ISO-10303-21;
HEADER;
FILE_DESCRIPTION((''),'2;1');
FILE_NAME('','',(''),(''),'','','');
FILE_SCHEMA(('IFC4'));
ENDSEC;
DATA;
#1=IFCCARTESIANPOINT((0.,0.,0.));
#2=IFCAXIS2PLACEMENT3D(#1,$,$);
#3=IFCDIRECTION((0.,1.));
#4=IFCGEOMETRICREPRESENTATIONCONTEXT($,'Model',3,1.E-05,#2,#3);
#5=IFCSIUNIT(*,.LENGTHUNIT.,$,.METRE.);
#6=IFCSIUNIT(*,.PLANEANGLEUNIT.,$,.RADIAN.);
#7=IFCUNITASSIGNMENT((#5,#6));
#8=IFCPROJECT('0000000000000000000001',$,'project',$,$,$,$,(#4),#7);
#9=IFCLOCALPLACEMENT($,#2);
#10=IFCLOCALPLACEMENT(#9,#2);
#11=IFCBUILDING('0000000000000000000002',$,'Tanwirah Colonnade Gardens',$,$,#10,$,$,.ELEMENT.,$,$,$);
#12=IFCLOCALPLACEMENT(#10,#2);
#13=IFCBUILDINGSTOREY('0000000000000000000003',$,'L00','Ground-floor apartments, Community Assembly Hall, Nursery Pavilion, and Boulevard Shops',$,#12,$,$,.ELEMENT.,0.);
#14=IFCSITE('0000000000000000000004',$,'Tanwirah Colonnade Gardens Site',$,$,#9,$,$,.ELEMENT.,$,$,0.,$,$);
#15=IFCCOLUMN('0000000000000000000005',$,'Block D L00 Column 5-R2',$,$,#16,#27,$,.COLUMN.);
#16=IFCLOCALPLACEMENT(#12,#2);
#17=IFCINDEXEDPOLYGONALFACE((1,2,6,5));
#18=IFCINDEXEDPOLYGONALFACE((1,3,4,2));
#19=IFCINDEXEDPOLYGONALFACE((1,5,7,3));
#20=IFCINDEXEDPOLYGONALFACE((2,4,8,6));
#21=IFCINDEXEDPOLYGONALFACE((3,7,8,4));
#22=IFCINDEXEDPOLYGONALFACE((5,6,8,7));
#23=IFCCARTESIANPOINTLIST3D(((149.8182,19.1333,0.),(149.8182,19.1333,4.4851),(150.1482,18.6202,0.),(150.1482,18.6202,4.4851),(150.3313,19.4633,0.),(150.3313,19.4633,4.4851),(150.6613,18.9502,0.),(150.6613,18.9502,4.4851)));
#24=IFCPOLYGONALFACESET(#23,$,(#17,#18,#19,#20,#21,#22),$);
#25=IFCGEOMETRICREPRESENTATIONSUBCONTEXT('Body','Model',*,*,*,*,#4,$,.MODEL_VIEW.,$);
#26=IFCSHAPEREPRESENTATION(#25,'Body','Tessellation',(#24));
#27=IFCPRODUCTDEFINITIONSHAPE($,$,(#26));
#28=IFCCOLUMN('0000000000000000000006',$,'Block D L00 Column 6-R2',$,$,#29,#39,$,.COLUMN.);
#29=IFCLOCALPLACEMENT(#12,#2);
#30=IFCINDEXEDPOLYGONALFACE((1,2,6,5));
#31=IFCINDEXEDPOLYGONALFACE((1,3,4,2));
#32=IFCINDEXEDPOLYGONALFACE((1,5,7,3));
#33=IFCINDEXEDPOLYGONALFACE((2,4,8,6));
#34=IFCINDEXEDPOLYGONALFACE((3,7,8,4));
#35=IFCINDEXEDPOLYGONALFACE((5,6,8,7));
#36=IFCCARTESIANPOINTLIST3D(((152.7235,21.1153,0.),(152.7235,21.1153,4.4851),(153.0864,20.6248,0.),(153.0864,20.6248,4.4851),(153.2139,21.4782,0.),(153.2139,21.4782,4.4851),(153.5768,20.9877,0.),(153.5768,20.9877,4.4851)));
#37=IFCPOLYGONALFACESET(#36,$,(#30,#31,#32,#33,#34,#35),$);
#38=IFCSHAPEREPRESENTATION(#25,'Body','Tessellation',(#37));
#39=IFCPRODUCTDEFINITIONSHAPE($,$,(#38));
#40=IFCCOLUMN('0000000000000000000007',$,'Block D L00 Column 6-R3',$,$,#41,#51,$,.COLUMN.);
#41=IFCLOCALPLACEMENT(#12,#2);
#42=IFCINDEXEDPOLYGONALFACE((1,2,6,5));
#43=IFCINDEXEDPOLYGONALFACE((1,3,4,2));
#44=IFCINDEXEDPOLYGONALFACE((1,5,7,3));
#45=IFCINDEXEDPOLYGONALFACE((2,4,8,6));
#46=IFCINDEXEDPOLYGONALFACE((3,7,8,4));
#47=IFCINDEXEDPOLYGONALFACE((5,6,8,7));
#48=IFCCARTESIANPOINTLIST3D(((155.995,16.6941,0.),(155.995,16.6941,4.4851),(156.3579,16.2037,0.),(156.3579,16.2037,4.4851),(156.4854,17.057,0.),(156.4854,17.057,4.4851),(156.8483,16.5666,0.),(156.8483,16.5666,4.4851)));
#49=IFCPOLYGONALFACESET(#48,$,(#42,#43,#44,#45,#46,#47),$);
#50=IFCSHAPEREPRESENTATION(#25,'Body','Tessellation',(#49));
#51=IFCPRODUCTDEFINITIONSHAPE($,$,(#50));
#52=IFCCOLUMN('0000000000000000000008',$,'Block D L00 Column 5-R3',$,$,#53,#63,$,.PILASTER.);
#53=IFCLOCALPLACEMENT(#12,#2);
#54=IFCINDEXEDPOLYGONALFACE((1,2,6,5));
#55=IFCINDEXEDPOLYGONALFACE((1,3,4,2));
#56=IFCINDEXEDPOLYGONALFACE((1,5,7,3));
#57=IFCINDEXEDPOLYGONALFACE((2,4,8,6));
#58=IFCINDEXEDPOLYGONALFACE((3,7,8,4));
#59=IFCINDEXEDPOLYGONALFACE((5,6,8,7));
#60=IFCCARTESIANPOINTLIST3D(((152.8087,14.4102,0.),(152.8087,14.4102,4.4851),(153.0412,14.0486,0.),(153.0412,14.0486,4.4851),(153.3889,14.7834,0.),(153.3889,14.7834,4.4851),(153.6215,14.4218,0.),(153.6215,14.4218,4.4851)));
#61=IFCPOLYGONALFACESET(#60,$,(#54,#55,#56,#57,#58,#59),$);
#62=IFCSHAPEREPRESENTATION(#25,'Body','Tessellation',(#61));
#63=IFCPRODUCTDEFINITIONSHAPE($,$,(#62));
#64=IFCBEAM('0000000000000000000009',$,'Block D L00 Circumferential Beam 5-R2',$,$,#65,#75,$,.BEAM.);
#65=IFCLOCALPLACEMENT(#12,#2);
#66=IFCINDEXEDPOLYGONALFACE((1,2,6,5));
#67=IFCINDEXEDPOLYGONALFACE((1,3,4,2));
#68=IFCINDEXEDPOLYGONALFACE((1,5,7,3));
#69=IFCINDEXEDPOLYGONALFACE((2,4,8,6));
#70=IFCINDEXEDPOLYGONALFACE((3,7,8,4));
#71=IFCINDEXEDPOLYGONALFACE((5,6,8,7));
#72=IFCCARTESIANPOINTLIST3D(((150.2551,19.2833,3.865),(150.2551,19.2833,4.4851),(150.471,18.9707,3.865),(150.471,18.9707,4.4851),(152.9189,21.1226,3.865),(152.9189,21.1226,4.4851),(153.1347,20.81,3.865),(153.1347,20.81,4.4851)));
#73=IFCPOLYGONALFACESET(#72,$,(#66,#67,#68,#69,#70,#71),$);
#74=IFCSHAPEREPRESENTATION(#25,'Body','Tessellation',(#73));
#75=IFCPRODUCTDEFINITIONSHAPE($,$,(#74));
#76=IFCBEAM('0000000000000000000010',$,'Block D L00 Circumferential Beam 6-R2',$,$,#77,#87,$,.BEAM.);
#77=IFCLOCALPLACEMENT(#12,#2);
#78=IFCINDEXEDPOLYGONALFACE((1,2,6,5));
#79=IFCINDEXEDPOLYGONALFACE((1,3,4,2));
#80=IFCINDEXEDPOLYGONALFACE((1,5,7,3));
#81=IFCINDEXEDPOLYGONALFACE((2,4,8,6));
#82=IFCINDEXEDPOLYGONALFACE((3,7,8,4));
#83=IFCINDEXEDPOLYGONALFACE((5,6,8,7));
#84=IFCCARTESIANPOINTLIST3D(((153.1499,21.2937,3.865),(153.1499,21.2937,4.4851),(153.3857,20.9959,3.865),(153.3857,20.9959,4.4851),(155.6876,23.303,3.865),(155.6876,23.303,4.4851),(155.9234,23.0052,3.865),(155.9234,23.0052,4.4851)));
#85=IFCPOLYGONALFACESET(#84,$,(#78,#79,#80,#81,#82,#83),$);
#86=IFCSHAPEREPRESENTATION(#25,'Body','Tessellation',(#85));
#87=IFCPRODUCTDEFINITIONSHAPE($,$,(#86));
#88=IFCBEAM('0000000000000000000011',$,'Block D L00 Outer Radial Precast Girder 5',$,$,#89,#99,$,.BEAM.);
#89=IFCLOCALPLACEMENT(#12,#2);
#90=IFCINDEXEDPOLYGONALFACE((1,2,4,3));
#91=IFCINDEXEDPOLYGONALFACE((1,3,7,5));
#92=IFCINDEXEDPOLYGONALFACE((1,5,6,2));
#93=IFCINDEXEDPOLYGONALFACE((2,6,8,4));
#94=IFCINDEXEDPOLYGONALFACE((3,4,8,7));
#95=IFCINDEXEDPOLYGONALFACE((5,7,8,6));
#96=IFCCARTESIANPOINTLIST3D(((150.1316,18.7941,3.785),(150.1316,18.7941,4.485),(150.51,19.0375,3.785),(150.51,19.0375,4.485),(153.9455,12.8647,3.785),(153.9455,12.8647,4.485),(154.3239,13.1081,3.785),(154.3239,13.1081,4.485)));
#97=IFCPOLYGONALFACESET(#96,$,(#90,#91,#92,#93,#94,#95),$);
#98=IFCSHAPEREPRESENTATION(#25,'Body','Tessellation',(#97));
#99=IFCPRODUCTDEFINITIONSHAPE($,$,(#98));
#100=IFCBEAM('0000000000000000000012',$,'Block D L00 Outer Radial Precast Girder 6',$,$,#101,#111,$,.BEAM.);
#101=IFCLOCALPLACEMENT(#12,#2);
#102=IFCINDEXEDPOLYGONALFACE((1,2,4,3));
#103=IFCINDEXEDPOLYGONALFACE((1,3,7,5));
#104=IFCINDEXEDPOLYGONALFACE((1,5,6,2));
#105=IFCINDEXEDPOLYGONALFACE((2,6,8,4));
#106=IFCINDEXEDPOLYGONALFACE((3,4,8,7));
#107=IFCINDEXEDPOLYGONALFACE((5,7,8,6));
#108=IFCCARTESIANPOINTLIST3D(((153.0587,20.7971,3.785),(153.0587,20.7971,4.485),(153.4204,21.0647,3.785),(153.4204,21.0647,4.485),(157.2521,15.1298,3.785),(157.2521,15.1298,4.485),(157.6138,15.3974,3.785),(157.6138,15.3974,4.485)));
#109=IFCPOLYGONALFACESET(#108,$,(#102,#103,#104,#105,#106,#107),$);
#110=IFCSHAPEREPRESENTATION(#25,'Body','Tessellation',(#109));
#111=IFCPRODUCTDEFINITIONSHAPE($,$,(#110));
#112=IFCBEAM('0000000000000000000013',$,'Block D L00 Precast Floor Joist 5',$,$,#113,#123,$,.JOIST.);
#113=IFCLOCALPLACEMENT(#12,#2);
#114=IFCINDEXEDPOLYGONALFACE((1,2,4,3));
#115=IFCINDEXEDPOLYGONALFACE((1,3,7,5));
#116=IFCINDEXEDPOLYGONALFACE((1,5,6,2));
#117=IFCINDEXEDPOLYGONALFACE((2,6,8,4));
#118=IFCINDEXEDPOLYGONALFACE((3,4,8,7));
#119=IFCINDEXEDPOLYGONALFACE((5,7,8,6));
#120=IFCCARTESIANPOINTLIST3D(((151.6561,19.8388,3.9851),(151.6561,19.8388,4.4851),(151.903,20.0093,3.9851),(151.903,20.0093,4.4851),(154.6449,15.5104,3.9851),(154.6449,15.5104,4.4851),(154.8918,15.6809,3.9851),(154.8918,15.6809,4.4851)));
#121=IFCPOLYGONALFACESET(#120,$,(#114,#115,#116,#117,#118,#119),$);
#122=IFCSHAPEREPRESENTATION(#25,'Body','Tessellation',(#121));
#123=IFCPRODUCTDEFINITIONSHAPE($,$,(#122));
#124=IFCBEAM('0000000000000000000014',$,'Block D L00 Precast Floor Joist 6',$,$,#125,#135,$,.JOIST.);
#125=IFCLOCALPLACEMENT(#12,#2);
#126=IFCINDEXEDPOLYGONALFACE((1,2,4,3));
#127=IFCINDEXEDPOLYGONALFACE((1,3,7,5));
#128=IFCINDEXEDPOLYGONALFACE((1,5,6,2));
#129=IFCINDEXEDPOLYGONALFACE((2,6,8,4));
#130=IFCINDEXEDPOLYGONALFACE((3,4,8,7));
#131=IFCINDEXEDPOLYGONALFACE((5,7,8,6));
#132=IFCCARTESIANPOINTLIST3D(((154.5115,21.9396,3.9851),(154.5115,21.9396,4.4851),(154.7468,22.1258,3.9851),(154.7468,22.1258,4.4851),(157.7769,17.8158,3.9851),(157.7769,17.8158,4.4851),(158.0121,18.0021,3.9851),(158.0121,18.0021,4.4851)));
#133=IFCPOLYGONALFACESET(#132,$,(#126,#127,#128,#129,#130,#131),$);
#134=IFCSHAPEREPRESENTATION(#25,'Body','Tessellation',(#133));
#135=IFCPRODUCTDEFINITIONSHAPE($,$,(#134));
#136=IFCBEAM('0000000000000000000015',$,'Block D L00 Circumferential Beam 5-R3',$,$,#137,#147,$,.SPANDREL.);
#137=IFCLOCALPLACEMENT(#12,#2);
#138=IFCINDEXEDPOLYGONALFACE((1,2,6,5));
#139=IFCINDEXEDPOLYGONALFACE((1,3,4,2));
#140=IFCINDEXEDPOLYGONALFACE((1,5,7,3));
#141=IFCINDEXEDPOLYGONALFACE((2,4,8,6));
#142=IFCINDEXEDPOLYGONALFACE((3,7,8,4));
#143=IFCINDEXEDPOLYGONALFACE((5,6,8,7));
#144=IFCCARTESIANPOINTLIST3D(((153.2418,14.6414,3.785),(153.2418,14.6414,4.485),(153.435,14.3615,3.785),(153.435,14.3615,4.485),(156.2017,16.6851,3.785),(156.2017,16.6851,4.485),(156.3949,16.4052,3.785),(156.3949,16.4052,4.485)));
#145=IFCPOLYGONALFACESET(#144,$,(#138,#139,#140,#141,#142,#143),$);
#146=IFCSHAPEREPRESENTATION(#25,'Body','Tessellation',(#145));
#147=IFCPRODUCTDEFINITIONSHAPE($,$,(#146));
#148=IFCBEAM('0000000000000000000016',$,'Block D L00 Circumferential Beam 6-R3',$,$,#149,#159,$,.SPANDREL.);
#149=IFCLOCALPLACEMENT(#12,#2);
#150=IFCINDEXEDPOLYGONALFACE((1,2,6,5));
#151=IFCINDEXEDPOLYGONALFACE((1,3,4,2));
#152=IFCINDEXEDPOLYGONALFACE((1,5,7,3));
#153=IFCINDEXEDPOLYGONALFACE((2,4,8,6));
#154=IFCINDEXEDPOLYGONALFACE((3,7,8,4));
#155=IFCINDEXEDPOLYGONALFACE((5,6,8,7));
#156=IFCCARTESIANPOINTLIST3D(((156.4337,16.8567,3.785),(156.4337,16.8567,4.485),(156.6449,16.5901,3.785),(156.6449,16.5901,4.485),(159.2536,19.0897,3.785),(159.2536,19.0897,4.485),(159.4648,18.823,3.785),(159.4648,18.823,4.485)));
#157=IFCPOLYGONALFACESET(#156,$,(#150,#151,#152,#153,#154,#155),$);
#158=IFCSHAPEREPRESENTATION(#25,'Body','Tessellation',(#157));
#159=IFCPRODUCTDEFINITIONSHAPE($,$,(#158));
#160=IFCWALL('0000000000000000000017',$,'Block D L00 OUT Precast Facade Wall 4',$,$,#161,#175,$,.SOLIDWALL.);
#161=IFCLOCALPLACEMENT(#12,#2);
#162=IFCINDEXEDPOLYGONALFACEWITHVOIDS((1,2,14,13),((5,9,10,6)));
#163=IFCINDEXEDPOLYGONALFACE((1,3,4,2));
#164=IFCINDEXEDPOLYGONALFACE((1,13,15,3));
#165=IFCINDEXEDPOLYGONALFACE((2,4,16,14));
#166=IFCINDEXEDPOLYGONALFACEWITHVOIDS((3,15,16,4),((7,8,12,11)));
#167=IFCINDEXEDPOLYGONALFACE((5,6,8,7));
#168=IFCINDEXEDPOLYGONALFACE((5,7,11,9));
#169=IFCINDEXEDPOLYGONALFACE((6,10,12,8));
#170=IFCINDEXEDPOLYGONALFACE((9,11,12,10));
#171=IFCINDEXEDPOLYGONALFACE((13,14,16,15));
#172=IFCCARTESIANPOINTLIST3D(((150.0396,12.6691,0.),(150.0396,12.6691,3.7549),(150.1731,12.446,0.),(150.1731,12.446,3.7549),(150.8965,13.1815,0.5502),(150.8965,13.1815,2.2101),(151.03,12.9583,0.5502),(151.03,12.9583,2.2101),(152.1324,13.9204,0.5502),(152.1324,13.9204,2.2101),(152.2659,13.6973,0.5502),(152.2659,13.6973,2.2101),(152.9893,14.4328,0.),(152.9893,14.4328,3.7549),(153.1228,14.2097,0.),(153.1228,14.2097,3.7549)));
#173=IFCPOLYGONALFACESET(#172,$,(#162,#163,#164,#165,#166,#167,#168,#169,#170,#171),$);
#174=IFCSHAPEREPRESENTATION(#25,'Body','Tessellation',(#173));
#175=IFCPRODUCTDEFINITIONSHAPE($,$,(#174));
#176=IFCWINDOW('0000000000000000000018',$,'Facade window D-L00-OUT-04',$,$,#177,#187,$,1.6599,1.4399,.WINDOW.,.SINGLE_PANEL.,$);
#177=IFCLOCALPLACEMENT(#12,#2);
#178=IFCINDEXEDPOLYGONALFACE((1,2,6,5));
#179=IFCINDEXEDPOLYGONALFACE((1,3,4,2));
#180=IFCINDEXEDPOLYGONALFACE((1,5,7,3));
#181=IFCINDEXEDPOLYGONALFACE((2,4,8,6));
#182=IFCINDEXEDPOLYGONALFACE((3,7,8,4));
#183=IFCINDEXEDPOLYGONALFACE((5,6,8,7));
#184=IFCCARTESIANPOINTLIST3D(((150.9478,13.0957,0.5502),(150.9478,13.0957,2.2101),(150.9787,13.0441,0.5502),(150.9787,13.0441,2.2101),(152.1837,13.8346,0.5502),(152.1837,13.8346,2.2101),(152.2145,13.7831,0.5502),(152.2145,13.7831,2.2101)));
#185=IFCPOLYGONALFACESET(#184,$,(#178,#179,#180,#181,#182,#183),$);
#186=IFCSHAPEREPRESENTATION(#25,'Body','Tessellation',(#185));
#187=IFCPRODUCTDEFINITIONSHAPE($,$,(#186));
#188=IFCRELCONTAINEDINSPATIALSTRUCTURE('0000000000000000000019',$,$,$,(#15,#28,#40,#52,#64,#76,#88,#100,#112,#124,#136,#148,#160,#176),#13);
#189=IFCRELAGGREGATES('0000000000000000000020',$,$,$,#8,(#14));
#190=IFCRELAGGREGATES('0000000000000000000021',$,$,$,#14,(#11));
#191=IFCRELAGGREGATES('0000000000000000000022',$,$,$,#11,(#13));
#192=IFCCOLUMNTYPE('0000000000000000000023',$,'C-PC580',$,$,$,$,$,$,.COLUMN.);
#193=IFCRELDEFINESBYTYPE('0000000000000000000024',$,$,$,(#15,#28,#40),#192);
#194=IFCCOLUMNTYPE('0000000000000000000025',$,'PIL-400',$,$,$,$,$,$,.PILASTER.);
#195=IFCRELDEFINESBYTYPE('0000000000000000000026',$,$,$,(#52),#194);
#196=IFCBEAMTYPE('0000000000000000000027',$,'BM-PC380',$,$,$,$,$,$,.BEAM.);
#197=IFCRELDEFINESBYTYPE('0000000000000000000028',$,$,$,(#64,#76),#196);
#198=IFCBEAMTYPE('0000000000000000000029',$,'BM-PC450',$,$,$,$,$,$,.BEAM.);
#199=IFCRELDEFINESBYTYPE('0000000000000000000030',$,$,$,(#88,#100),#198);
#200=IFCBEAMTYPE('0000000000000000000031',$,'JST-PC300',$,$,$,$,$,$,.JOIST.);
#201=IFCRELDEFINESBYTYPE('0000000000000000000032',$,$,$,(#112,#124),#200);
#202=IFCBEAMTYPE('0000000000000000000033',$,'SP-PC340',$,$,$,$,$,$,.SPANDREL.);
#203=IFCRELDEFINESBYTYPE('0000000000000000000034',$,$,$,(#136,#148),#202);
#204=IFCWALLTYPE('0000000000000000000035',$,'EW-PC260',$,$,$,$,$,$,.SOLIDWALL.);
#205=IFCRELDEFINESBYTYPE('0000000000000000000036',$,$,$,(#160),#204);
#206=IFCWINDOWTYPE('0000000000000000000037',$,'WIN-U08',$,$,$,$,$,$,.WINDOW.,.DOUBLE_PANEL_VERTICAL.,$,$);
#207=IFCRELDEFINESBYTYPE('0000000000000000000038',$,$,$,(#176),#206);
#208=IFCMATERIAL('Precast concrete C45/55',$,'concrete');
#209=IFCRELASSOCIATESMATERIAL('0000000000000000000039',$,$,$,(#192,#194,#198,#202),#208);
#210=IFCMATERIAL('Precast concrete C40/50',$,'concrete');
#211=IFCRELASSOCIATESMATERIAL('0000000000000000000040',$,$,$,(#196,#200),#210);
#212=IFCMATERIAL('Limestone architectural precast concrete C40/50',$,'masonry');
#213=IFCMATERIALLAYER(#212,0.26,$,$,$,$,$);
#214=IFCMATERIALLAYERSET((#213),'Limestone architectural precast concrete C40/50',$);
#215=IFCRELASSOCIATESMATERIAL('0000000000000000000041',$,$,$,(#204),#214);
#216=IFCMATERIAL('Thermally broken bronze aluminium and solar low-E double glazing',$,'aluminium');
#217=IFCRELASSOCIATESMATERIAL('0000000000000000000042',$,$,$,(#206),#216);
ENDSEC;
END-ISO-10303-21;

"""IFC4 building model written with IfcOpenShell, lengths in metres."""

from ifc_helpers import new_model, si_unit, direction, frame, frame_2d, origin, origin_2d, place, context, subcontext, project, spatial, rectangle, extrude, material, layer, layer_set, material_profile, profile_set, type_object, element, fill, save


model = new_model("IFC4")

# Units and contexts
model_context = context("Model", 3, precision=1e-05, world=origin(), true_north=direction((0.0, 1.0)))
body_context = subcontext(model_context, "Body", "Model", "MODEL_VIEW")
ifc_project = project(units=[si_unit("LENGTHUNIT", "METRE"), si_unit("PLANEANGLEUNIT", "RADIAN")], contexts=[model_context])

# Site, building, storey
site_placement = place(None, origin())
site = spatial("IfcSite", under=ifc_project, at=site_placement, Name="Tanwirah Colonnade Gardens Site", CompositionType="ELEMENT", RefElevation=0.0)
building_placement = place(site_placement, origin())
building = spatial("IfcBuilding", under=site, at=building_placement, Name="Tanwirah Colonnade Gardens", CompositionType="ELEMENT")
storey_placement = place(building_placement, origin())
storey = spatial("IfcBuildingStorey", under=building, at=storey_placement, Name="L00", Description="Ground-floor apartments, Community Assembly Hall, Nursery Pavilion, and Boulevard Shops", CompositionType="ELEMENT", Elevation=0.0)

# Columns
ifc_material_1 = material(Name="Precast concrete C45/55", Category="concrete")
ifc_material_profile_1 = material_profile(ifc_material_1, rectangle(XDim=0.6101, YDim=0.6101, at=origin_2d()), Name="PC-COL 610x610")
ifc_profile_set_1 = profile_set([ifc_material_profile_1], Name="Precast concrete C45/55")
column_type_1 = type_object("IfcColumnType", Name="C-PC580", PredefinedType="COLUMN", material=ifc_profile_set_1)
for number, where, z_axis, x_axis, name in (
    (1, (150.2397, 19.0417, 0.0), (0.0, 0.0, 1.0), (0.540974, -0.841039, 0.0), "Block D L00 Column 5-R2"),
    (2, (153.1501, 21.0515, 0.0), (0.0, 0.0, 1.0), (0.594823, -0.803857, 0.0), "Block D L00 Column 6-R2"),
    (3, (156.4216, 16.6304, 0.0), (0.0, 0.0, 1.0), (0.594823, -0.803857, 0.0), "Block D L00 Column 6-R3"),
):
    element("IfcColumn", number, at=place(storey_placement, frame(where, z_axis=z_axis, x_axis=x_axis)), inside=storey, type_object=column_type_1, Name=name, PredefinedType="COLUMN", context=body_context, shape_type="SweptSolid", body=[
        extrude(rectangle(XDim=0.6101, YDim=0.6101, at=origin_2d()), origin(), (0.0, 0.0, 1.0), 4.4851),
    ])
ifc_material_profile_2 = material_profile(ifc_material_1, rectangle(XDim=0.4299, YDim=0.6899, at=origin_2d()), Name="PC-PIL 430x690")
ifc_profile_set_2 = profile_set([ifc_material_profile_2], Name="Precast concrete C45/55")
column_type_2 = type_object("IfcColumnType", Name="PIL-400", PredefinedType="PILASTER", material=ifc_profile_set_2)
column_placement = place(storey_placement, frame((153.2151, 14.416, 0.0), z_axis=(0.0, 0.0, 1.0), x_axis=(0.540974, -0.841039, 0.0)))
element("IfcColumn", 4, at=column_placement, inside=storey, type_object=column_type_2, Name="Block D L00 Column 5-R3", PredefinedType="PILASTER", context=body_context, shape_type="SweptSolid", body=[
    extrude(rectangle(XDim=0.4299, YDim=0.6899, at=origin_2d()), origin(), (0.0, 0.0, 1.0), 4.4851),
])

# Beams
ifc_material_2 = material(Name="Precast concrete C40/50", Category="concrete")
ifc_material_profile_3 = material_profile(ifc_material_2, rectangle(XDim=0.3799, YDim=0.6201, at=origin_2d()), Name="PC-BM 380x620")
ifc_profile_set_3 = profile_set([ifc_material_profile_3], Name="Precast concrete C40/50")
beam_type_1 = type_object("IfcBeamType", Name="BM-PC380", PredefinedType="BEAM", material=ifc_profile_set_3)
beam_1_placement = place(storey_placement, frame((150.363, 19.127, 4.175), z_axis=(0.822889, 0.568202, 0.0), x_axis=(-0.568202, 0.822889, 0.0)))
element("IfcBeam", 5, at=beam_1_placement, inside=storey, type_object=beam_type_1, Name="Block D L00 Circumferential Beam 5-R2", PredefinedType="BEAM", context=body_context, shape_type="SweptSolid", body=[
    extrude(rectangle(XDim=0.3799, YDim=0.6201, at=origin_2d()), origin(), (0.0, 0.0, 1.0), 3.2371),
])
beam_2_placement = place(storey_placement, frame((153.2678, 21.1448, 4.175), z_axis=(0.783994, 0.620769, 0.0), x_axis=(-0.620769, 0.783994, 0.0)))
element("IfcBeam", 6, at=beam_2_placement, inside=storey, type_object=beam_type_1, Name="Block D L00 Circumferential Beam 6-R2", PredefinedType="BEAM", context=body_context, shape_type="SweptSolid", body=[
    extrude(rectangle(XDim=0.3799, YDim=0.6201, at=origin_2d()), origin(), (0.0, 0.0, 1.0), 3.2368),
])
ifc_material_profile_4 = material_profile(ifc_material_1, rectangle(XDim=0.45, YDim=0.7, at=origin_2d()), Name="PC-BM 450x700")
ifc_profile_set_4 = profile_set([ifc_material_profile_4], Name="Precast concrete C45/55")
beam_type_2 = type_object("IfcBeamType", Name="BM-PC450", PredefinedType="BEAM", material=ifc_profile_set_4)
for number, where, z_axis, x_axis, name in (
    (7, (150.3208, 18.9158, 4.135), (0.540976, -0.841038, 0.0), (0.841038, 0.540976, 0.0), "Block D L00 Outer Radial Precast Girder 5"),
    (8, (153.2395, 20.9309, 4.135), (0.594807, -0.803869, 0.0), (0.803869, 0.594807, 0.0), "Block D L00 Outer Radial Precast Girder 6"),
):
    element("IfcBeam", number, at=place(storey_placement, frame(where, z_axis=z_axis, x_axis=x_axis)), inside=storey, type_object=beam_type_2, Name=name, PredefinedType="BEAM", context=body_context, shape_type="SweptSolid", body=[
        extrude(rectangle(XDim=0.45, YDim=0.7, at=origin_2d()), origin(), (0.0, 0.0, 1.0), 7.05),
    ])
ifc_material_profile_5 = material_profile(ifc_material_2, rectangle(XDim=0.3, YDim=0.5, at=origin_2d()), Name="PC-JST 300x500")
ifc_profile_set_5 = profile_set([ifc_material_profile_5], Name="Precast concrete C40/50")
beam_type_3 = type_object("IfcBeamType", Name="JST-PC300", PredefinedType="JOIST", material=ifc_profile_set_5)
for number, where, z_axis, x_axis, name in (
    (9, (151.7795, 19.9241, 4.2351), (0.568208, -0.822885, 0.0), (0.822885, 0.568208, 0.0), "Block D L00 Precast Floor Joist 5"),
    (10, (154.6292, 22.0327, 4.2351), (0.620787, -0.783979, 0.0), (0.783979, 0.620787, 0.0), "Block D L00 Precast Floor Joist 6"),
):
    element("IfcBeam", number, at=place(storey_placement, frame(where, z_axis=z_axis, x_axis=x_axis)), inside=storey, type_object=beam_type_3, Name=name, PredefinedType="JOIST", context=body_context, shape_type="SweptSolid", body=[
        extrude(rectangle(XDim=0.3, YDim=0.5, at=origin_2d()), origin(), (0.0, 0.0, 1.0), 5.26),
    ])
ifc_material_profile_6 = material_profile(ifc_material_1, rectangle(XDim=0.3401, YDim=0.7, at=origin_2d()), Name="PC-SP 340x700")
ifc_profile_set_6 = profile_set([ifc_material_profile_6], Name="Precast concrete C45/55")
beam_type_4 = type_object("IfcBeamType", Name="SP-PC340", PredefinedType="SPANDREL", material=ifc_profile_set_6)
for number, where, z_axis, x_axis, name in (
    (11, (153.3384, 14.5015, 4.135), (0.822907, 0.568175, 0.0), (-0.568175, 0.822907, 0.0), "Block D L00 Circumferential Beam 5-R3"),
    (12, (156.5393, 16.7234, 4.135), (0.783971, 0.620797, 0.0), (-0.620797, 0.783971, 0.0), "Block D L00 Circumferential Beam 6-R3"),
):
    element("IfcBeam", number, at=place(storey_placement, frame(where, z_axis=z_axis, x_axis=x_axis)), inside=storey, type_object=beam_type_4, Name=name, PredefinedType="SPANDREL", context=body_context, shape_type="SweptSolid", body=[
        extrude(rectangle(XDim=0.3401, YDim=0.7, at=origin_2d()), origin(), (0.0, 0.0, 1.0), 3.5969),
    ])

# Wall, opening, window
ifc_material_3 = material(Name="Limestone architectural precast concrete C40/50", Category="masonry")
ifc_layer_1 = layer(ifc_material_3, 0.26)
ifc_layer_set_1 = layer_set([ifc_layer_1], Name="Limestone architectural precast concrete C40/50")
wall_type_1 = type_object("IfcWallType", Name="EW-PC260", PredefinedType="SOLIDWALL", material=ifc_layer_set_1)
wall_1_placement = place(storey_placement, frame((150.1064, 12.5576, 0.0), z_axis=(0.0, 0.0, 1.0), x_axis=(0.858282, 0.513179, 0.0)))
wall_1 = element("IfcWall", 13, at=wall_1_placement, inside=storey, type_object=wall_type_1, Name="Block D L00 OUT Precast Facade Wall 4", PredefinedType="SOLIDWALL", context=body_context, shape_type="SweptSolid", body=[
    extrude(rectangle(XDim=3.4368, YDim=0.26, at=frame_2d((1.7183, 0.0))), origin(), (0.0, 0.0, 1.0), 3.7549),
])
opening_1_placement = place(wall_1_placement, frame((0.9983, 0.0, 0.55)))
opening_1 = element("IfcOpeningElement", 14, at=opening_1_placement, cuts=wall_1, PredefinedType="OPENING", context=body_context, shape_type="SweptSolid", body=[
    extrude(rectangle(XDim=1.4399, YDim=1.6599, at=frame_2d((0.72, 0.8301))), frame((0.0, 0.1399, 0.0), z_axis=(0.0, -1.0, 0.0), x_axis=(1.0, 0.0, 0.0)), (0.0, 0.0, 1.0), 0.28),
])
ifc_material_4 = material(Name="Thermally broken bronze aluminium and solar low-E double glazing", Category="aluminium")
window_type_1 = type_object("IfcWindowType", Name="WIN-U08", PartitioningType="DOUBLE_PANEL_VERTICAL", PredefinedType="WINDOW", material=ifc_material_4)
window_1_placement = place(opening_1_placement, origin())
window_1 = element("IfcWindow", 15, at=window_1_placement, inside=storey, type_object=window_type_1, Name="Facade window D-L00-OUT-04", OverallHeight=1.6599, OverallWidth=1.4399, PartitioningType="SINGLE_PANEL", PredefinedType="WINDOW", context=body_context, shape_type="SweptSolid", body=[
    extrude(rectangle(XDim=1.4399, YDim=1.6599, at=frame_2d((0.72, 0.8301))), frame((0.0, 0.03, 0.0), z_axis=(0.0, -1.0, 0.0), x_axis=(1.0, 0.0, 0.0)), (0.0, 0.0, 1.0), 0.0601),
])
fill(opening_1, window_1)

save(model, "model.ifc")
